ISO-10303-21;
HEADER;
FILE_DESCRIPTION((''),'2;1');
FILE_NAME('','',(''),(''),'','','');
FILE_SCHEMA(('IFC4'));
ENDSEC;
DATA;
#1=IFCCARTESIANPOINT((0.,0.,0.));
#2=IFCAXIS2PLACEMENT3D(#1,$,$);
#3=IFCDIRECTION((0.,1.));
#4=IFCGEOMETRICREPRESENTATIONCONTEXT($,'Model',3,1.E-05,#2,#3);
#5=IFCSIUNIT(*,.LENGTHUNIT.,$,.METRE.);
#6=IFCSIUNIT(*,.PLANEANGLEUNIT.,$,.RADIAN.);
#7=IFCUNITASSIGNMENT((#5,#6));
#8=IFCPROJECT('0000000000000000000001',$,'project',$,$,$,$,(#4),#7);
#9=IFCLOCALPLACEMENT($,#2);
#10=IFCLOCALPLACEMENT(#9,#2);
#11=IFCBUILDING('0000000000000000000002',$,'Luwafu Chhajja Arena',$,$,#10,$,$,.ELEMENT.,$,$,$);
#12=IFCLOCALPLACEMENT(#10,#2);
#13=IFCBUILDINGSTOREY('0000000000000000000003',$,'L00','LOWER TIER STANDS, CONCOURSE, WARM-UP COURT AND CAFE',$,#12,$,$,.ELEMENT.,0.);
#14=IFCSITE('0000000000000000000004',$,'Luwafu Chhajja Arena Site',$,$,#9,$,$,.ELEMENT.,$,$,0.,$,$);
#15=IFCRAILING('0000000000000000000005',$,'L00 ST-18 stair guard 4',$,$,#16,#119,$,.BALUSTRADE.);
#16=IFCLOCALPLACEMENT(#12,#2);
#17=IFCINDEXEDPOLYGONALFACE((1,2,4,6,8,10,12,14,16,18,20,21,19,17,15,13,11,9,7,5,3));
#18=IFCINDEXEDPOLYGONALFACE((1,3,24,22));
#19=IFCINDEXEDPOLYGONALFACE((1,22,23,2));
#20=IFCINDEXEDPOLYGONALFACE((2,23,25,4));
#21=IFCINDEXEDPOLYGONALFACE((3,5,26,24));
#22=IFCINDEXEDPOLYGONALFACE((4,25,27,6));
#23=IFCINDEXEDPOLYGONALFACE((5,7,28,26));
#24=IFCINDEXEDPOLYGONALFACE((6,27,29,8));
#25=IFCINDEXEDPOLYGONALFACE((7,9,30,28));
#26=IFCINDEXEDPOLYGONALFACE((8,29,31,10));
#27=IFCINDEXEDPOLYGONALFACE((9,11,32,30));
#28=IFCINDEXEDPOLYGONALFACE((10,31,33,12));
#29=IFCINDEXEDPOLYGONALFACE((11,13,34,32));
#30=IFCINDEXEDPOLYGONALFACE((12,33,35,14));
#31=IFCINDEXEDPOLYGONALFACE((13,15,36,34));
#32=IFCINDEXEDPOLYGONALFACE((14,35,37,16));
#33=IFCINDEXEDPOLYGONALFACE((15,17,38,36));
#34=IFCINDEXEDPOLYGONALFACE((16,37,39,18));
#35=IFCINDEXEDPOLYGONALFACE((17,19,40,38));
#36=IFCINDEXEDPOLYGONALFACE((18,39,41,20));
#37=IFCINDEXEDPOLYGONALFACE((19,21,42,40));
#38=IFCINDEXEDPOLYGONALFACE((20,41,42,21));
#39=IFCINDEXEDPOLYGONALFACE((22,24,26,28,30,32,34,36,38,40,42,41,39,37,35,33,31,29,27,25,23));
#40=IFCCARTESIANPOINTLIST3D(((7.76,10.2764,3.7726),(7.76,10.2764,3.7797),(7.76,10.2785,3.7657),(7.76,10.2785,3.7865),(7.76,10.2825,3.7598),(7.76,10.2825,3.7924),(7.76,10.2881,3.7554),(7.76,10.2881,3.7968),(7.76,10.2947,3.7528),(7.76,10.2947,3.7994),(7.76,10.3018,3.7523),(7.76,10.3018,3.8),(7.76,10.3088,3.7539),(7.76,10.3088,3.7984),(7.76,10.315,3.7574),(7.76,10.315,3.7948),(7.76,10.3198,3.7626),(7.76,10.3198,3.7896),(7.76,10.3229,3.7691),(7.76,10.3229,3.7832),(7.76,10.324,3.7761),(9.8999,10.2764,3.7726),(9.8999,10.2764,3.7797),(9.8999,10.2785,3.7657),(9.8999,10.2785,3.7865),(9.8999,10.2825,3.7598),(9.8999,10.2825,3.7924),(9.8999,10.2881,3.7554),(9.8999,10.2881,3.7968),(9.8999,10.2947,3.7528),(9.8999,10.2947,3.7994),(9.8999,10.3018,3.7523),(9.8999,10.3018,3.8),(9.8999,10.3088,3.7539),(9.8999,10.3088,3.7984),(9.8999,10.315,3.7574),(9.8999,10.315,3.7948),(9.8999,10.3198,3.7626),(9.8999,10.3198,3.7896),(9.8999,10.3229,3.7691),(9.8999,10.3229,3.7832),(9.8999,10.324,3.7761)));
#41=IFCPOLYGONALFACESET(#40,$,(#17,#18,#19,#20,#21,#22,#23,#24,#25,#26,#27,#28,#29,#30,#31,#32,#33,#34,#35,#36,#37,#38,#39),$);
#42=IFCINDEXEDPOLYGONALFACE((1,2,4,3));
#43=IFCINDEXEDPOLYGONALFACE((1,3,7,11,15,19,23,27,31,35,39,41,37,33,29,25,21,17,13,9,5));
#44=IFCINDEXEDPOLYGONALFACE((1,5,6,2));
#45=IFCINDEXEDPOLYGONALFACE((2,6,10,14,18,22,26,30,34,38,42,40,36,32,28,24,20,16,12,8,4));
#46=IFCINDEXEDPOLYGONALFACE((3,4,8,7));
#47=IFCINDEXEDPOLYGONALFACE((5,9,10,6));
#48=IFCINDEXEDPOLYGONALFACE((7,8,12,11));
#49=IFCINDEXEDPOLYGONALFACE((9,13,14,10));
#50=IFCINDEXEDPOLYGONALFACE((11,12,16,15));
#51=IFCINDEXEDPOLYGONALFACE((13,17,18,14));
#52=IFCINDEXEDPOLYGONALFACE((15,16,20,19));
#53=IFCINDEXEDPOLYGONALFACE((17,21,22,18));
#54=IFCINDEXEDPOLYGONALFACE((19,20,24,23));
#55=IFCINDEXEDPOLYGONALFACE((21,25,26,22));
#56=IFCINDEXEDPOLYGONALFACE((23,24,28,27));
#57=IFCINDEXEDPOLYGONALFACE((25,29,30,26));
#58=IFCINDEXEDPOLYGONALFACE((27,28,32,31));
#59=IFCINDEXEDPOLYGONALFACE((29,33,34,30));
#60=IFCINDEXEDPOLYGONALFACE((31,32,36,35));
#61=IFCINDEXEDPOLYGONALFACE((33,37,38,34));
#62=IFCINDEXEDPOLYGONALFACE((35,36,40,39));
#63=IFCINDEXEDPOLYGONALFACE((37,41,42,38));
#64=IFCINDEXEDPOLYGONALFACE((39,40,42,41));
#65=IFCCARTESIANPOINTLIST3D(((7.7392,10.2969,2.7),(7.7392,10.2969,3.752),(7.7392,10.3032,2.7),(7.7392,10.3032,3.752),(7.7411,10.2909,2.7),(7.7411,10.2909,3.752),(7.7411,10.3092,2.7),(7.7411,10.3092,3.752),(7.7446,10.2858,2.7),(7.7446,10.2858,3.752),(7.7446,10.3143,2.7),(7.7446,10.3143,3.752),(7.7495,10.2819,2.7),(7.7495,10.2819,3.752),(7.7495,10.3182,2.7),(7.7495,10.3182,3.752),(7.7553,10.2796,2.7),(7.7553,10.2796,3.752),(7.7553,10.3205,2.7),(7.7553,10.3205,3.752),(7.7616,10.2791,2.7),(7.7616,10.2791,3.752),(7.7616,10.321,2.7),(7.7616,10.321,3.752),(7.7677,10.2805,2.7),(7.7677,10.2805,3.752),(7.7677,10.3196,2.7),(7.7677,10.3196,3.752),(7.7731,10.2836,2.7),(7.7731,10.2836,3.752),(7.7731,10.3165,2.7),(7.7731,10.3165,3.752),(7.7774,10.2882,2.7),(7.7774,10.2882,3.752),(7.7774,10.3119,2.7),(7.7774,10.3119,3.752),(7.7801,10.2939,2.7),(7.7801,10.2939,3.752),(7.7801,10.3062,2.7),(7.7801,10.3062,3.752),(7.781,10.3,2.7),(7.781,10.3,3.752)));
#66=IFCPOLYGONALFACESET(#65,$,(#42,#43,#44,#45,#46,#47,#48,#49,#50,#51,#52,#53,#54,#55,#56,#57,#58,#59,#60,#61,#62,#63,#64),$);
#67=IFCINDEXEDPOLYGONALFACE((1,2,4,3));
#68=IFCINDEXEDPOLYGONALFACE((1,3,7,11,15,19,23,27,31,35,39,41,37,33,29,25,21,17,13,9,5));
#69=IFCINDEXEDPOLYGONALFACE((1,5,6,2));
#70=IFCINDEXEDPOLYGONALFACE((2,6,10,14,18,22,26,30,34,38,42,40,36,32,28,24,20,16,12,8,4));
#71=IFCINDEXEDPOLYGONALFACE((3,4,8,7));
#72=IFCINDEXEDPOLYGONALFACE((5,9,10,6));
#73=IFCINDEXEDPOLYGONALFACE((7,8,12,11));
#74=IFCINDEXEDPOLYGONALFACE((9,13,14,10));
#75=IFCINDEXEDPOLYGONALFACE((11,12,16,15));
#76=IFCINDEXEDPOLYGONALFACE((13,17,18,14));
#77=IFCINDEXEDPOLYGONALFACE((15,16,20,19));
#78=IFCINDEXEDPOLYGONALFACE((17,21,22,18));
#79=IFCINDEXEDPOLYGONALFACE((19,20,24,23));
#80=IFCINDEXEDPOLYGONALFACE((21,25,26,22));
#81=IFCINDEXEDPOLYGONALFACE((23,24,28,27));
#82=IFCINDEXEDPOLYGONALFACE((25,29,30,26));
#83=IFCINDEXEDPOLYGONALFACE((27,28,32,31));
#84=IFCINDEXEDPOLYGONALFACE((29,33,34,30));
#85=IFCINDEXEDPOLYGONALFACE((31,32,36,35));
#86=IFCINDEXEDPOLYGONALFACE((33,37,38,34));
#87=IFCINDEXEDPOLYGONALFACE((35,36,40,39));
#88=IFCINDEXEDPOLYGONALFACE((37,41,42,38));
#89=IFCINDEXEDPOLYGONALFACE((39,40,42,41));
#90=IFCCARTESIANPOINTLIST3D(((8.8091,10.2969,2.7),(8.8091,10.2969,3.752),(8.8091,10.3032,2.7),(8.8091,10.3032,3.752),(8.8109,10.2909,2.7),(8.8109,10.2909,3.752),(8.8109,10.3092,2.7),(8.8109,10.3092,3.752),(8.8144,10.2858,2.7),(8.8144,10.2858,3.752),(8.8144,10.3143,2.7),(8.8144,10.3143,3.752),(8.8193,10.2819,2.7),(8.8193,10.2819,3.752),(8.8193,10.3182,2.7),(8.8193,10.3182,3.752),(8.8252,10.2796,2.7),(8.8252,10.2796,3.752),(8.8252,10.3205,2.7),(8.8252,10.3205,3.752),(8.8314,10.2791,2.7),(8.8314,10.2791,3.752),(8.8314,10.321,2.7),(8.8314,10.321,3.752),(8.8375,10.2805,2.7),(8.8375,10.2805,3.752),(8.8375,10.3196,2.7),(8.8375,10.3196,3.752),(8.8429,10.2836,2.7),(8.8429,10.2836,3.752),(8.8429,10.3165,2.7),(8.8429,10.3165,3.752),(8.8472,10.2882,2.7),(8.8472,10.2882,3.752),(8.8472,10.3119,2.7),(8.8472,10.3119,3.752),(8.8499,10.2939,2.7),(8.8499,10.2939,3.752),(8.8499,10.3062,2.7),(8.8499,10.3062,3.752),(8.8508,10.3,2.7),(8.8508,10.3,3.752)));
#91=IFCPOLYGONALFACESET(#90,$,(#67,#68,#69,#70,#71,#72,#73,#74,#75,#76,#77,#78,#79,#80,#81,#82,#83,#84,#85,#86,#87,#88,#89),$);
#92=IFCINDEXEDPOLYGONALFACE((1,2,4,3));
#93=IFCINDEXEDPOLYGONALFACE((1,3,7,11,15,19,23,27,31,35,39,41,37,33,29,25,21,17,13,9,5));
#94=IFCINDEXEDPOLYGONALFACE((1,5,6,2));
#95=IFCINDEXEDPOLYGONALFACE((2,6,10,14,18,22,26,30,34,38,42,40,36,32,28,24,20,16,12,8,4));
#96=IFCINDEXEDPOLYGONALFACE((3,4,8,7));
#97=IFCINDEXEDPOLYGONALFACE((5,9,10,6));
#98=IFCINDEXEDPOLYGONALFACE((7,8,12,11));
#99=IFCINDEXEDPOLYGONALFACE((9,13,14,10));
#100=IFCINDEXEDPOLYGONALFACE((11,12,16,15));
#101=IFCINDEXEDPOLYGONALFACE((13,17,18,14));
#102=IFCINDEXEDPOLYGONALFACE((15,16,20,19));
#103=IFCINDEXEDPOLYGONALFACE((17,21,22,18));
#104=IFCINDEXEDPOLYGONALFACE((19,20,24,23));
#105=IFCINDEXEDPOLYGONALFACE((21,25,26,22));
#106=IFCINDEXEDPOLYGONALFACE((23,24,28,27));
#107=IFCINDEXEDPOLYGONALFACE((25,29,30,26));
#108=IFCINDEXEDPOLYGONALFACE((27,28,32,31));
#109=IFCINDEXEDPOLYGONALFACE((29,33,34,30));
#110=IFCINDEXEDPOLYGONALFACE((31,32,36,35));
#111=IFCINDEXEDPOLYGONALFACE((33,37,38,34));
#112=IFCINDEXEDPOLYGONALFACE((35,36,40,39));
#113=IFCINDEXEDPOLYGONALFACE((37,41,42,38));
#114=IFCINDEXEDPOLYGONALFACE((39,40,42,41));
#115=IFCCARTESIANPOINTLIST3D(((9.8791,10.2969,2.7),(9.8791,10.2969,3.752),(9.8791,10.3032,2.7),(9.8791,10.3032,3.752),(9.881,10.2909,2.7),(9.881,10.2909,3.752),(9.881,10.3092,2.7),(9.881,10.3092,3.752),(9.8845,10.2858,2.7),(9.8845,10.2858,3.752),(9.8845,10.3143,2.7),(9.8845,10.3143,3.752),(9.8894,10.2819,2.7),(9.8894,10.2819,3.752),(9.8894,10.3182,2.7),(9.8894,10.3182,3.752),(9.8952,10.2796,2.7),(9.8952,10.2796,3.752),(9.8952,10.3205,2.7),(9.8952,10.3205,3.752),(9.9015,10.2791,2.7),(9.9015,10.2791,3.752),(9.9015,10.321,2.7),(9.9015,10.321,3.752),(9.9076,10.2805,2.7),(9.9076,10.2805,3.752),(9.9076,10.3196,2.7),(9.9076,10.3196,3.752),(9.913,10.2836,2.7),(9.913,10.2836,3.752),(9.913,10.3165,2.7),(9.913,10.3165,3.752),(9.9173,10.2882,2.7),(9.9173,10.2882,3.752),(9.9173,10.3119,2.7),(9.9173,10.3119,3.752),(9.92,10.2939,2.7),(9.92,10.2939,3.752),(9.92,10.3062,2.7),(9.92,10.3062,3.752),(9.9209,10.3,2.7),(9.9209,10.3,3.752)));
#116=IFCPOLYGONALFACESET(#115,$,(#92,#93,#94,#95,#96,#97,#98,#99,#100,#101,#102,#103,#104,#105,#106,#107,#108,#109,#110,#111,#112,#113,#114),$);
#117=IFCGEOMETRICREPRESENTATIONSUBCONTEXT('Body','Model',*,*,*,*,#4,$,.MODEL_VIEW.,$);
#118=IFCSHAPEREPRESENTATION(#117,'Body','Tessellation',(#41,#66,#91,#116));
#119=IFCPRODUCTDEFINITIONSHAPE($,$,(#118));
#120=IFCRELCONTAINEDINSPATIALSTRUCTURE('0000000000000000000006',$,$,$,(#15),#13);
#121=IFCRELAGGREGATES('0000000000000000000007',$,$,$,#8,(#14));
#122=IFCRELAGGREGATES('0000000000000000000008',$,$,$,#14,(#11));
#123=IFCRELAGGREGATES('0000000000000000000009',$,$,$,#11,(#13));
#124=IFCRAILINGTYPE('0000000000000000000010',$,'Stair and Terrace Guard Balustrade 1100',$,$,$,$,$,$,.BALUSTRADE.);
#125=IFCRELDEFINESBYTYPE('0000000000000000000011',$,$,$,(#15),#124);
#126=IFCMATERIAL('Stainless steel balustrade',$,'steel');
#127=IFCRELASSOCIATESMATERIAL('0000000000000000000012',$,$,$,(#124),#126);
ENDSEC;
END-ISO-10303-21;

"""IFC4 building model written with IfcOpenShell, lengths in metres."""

from ifc_helpers import new_model, si_unit, direction, frame, origin, origin_2d, place, context, subcontext, project, spatial, circle, extrude, material, type_object, element, save


model = new_model("IFC4")

# Units and contexts
model_context = context("Model", 3, precision=1e-05, world=origin(), true_north=direction((0.0, 1.0)))
body_context = subcontext(model_context, "Body", "Model", "MODEL_VIEW")
ifc_project = project(units=[si_unit("LENGTHUNIT", "METRE"), si_unit("PLANEANGLEUNIT", "RADIAN")], contexts=[model_context])

# Site, building, storey
site_placement = place(None, origin())
site = spatial("IfcSite", under=ifc_project, at=site_placement, Name="Luwafu Chhajja Arena Site", CompositionType="ELEMENT", RefElevation=0.0)
building_placement = place(site_placement, origin())
building = spatial("IfcBuilding", under=site, at=building_placement, Name="Luwafu Chhajja Arena", CompositionType="ELEMENT")
storey_placement = place(building_placement, origin())
storey = spatial("IfcBuildingStorey", under=building, at=storey_placement, Name="L00", Description="LOWER TIER STANDS, CONCOURSE, WARM-UP COURT AND CAFE", CompositionType="ELEMENT", Elevation=0.0)

# Railing
ifc_material_1 = material(Name="Stainless steel balustrade", Category="steel")
railing_type_1 = type_object("IfcRailingType", Name="Stair and Terrace Guard Balustrade 1100", PredefinedType="BALUSTRADE", material=ifc_material_1)
for number, where, name in (
    (1, (7.76, 10.3, 2.7), "L00 ST-18 stair guard 4"),
):
    element("IfcRailing", number, at=place(storey_placement, frame(where)), inside=storey, type_object=railing_type_1, Name=name, PredefinedType="BALUSTRADE", context=body_context, shape_type="SweptSolid", body=[
        extrude(circle(Radius=0.0239, at=origin_2d()), frame((0.0, 0.0, 1.0762), z_axis=(1.0, 0.0, 0.0), x_axis=(0.0, 1.0, 0.0)), (0.0, 0.0, 1.0), 2.1399),
        extrude(circle(Radius=0.021, at=origin_2d()), origin(), (0.0, 0.0, 1.0), 1.052),
        extrude(circle(Radius=0.021, at=origin_2d()), frame((1.0698, 0.0, 0.0)), (0.0, 0.0, 1.0), 1.052),
        extrude(circle(Radius=0.021, at=origin_2d()), frame((2.1399, 0.0, 0.0)), (0.0, 0.0, 1.0), 1.052),
    ])

save(model, "model.ifc")
